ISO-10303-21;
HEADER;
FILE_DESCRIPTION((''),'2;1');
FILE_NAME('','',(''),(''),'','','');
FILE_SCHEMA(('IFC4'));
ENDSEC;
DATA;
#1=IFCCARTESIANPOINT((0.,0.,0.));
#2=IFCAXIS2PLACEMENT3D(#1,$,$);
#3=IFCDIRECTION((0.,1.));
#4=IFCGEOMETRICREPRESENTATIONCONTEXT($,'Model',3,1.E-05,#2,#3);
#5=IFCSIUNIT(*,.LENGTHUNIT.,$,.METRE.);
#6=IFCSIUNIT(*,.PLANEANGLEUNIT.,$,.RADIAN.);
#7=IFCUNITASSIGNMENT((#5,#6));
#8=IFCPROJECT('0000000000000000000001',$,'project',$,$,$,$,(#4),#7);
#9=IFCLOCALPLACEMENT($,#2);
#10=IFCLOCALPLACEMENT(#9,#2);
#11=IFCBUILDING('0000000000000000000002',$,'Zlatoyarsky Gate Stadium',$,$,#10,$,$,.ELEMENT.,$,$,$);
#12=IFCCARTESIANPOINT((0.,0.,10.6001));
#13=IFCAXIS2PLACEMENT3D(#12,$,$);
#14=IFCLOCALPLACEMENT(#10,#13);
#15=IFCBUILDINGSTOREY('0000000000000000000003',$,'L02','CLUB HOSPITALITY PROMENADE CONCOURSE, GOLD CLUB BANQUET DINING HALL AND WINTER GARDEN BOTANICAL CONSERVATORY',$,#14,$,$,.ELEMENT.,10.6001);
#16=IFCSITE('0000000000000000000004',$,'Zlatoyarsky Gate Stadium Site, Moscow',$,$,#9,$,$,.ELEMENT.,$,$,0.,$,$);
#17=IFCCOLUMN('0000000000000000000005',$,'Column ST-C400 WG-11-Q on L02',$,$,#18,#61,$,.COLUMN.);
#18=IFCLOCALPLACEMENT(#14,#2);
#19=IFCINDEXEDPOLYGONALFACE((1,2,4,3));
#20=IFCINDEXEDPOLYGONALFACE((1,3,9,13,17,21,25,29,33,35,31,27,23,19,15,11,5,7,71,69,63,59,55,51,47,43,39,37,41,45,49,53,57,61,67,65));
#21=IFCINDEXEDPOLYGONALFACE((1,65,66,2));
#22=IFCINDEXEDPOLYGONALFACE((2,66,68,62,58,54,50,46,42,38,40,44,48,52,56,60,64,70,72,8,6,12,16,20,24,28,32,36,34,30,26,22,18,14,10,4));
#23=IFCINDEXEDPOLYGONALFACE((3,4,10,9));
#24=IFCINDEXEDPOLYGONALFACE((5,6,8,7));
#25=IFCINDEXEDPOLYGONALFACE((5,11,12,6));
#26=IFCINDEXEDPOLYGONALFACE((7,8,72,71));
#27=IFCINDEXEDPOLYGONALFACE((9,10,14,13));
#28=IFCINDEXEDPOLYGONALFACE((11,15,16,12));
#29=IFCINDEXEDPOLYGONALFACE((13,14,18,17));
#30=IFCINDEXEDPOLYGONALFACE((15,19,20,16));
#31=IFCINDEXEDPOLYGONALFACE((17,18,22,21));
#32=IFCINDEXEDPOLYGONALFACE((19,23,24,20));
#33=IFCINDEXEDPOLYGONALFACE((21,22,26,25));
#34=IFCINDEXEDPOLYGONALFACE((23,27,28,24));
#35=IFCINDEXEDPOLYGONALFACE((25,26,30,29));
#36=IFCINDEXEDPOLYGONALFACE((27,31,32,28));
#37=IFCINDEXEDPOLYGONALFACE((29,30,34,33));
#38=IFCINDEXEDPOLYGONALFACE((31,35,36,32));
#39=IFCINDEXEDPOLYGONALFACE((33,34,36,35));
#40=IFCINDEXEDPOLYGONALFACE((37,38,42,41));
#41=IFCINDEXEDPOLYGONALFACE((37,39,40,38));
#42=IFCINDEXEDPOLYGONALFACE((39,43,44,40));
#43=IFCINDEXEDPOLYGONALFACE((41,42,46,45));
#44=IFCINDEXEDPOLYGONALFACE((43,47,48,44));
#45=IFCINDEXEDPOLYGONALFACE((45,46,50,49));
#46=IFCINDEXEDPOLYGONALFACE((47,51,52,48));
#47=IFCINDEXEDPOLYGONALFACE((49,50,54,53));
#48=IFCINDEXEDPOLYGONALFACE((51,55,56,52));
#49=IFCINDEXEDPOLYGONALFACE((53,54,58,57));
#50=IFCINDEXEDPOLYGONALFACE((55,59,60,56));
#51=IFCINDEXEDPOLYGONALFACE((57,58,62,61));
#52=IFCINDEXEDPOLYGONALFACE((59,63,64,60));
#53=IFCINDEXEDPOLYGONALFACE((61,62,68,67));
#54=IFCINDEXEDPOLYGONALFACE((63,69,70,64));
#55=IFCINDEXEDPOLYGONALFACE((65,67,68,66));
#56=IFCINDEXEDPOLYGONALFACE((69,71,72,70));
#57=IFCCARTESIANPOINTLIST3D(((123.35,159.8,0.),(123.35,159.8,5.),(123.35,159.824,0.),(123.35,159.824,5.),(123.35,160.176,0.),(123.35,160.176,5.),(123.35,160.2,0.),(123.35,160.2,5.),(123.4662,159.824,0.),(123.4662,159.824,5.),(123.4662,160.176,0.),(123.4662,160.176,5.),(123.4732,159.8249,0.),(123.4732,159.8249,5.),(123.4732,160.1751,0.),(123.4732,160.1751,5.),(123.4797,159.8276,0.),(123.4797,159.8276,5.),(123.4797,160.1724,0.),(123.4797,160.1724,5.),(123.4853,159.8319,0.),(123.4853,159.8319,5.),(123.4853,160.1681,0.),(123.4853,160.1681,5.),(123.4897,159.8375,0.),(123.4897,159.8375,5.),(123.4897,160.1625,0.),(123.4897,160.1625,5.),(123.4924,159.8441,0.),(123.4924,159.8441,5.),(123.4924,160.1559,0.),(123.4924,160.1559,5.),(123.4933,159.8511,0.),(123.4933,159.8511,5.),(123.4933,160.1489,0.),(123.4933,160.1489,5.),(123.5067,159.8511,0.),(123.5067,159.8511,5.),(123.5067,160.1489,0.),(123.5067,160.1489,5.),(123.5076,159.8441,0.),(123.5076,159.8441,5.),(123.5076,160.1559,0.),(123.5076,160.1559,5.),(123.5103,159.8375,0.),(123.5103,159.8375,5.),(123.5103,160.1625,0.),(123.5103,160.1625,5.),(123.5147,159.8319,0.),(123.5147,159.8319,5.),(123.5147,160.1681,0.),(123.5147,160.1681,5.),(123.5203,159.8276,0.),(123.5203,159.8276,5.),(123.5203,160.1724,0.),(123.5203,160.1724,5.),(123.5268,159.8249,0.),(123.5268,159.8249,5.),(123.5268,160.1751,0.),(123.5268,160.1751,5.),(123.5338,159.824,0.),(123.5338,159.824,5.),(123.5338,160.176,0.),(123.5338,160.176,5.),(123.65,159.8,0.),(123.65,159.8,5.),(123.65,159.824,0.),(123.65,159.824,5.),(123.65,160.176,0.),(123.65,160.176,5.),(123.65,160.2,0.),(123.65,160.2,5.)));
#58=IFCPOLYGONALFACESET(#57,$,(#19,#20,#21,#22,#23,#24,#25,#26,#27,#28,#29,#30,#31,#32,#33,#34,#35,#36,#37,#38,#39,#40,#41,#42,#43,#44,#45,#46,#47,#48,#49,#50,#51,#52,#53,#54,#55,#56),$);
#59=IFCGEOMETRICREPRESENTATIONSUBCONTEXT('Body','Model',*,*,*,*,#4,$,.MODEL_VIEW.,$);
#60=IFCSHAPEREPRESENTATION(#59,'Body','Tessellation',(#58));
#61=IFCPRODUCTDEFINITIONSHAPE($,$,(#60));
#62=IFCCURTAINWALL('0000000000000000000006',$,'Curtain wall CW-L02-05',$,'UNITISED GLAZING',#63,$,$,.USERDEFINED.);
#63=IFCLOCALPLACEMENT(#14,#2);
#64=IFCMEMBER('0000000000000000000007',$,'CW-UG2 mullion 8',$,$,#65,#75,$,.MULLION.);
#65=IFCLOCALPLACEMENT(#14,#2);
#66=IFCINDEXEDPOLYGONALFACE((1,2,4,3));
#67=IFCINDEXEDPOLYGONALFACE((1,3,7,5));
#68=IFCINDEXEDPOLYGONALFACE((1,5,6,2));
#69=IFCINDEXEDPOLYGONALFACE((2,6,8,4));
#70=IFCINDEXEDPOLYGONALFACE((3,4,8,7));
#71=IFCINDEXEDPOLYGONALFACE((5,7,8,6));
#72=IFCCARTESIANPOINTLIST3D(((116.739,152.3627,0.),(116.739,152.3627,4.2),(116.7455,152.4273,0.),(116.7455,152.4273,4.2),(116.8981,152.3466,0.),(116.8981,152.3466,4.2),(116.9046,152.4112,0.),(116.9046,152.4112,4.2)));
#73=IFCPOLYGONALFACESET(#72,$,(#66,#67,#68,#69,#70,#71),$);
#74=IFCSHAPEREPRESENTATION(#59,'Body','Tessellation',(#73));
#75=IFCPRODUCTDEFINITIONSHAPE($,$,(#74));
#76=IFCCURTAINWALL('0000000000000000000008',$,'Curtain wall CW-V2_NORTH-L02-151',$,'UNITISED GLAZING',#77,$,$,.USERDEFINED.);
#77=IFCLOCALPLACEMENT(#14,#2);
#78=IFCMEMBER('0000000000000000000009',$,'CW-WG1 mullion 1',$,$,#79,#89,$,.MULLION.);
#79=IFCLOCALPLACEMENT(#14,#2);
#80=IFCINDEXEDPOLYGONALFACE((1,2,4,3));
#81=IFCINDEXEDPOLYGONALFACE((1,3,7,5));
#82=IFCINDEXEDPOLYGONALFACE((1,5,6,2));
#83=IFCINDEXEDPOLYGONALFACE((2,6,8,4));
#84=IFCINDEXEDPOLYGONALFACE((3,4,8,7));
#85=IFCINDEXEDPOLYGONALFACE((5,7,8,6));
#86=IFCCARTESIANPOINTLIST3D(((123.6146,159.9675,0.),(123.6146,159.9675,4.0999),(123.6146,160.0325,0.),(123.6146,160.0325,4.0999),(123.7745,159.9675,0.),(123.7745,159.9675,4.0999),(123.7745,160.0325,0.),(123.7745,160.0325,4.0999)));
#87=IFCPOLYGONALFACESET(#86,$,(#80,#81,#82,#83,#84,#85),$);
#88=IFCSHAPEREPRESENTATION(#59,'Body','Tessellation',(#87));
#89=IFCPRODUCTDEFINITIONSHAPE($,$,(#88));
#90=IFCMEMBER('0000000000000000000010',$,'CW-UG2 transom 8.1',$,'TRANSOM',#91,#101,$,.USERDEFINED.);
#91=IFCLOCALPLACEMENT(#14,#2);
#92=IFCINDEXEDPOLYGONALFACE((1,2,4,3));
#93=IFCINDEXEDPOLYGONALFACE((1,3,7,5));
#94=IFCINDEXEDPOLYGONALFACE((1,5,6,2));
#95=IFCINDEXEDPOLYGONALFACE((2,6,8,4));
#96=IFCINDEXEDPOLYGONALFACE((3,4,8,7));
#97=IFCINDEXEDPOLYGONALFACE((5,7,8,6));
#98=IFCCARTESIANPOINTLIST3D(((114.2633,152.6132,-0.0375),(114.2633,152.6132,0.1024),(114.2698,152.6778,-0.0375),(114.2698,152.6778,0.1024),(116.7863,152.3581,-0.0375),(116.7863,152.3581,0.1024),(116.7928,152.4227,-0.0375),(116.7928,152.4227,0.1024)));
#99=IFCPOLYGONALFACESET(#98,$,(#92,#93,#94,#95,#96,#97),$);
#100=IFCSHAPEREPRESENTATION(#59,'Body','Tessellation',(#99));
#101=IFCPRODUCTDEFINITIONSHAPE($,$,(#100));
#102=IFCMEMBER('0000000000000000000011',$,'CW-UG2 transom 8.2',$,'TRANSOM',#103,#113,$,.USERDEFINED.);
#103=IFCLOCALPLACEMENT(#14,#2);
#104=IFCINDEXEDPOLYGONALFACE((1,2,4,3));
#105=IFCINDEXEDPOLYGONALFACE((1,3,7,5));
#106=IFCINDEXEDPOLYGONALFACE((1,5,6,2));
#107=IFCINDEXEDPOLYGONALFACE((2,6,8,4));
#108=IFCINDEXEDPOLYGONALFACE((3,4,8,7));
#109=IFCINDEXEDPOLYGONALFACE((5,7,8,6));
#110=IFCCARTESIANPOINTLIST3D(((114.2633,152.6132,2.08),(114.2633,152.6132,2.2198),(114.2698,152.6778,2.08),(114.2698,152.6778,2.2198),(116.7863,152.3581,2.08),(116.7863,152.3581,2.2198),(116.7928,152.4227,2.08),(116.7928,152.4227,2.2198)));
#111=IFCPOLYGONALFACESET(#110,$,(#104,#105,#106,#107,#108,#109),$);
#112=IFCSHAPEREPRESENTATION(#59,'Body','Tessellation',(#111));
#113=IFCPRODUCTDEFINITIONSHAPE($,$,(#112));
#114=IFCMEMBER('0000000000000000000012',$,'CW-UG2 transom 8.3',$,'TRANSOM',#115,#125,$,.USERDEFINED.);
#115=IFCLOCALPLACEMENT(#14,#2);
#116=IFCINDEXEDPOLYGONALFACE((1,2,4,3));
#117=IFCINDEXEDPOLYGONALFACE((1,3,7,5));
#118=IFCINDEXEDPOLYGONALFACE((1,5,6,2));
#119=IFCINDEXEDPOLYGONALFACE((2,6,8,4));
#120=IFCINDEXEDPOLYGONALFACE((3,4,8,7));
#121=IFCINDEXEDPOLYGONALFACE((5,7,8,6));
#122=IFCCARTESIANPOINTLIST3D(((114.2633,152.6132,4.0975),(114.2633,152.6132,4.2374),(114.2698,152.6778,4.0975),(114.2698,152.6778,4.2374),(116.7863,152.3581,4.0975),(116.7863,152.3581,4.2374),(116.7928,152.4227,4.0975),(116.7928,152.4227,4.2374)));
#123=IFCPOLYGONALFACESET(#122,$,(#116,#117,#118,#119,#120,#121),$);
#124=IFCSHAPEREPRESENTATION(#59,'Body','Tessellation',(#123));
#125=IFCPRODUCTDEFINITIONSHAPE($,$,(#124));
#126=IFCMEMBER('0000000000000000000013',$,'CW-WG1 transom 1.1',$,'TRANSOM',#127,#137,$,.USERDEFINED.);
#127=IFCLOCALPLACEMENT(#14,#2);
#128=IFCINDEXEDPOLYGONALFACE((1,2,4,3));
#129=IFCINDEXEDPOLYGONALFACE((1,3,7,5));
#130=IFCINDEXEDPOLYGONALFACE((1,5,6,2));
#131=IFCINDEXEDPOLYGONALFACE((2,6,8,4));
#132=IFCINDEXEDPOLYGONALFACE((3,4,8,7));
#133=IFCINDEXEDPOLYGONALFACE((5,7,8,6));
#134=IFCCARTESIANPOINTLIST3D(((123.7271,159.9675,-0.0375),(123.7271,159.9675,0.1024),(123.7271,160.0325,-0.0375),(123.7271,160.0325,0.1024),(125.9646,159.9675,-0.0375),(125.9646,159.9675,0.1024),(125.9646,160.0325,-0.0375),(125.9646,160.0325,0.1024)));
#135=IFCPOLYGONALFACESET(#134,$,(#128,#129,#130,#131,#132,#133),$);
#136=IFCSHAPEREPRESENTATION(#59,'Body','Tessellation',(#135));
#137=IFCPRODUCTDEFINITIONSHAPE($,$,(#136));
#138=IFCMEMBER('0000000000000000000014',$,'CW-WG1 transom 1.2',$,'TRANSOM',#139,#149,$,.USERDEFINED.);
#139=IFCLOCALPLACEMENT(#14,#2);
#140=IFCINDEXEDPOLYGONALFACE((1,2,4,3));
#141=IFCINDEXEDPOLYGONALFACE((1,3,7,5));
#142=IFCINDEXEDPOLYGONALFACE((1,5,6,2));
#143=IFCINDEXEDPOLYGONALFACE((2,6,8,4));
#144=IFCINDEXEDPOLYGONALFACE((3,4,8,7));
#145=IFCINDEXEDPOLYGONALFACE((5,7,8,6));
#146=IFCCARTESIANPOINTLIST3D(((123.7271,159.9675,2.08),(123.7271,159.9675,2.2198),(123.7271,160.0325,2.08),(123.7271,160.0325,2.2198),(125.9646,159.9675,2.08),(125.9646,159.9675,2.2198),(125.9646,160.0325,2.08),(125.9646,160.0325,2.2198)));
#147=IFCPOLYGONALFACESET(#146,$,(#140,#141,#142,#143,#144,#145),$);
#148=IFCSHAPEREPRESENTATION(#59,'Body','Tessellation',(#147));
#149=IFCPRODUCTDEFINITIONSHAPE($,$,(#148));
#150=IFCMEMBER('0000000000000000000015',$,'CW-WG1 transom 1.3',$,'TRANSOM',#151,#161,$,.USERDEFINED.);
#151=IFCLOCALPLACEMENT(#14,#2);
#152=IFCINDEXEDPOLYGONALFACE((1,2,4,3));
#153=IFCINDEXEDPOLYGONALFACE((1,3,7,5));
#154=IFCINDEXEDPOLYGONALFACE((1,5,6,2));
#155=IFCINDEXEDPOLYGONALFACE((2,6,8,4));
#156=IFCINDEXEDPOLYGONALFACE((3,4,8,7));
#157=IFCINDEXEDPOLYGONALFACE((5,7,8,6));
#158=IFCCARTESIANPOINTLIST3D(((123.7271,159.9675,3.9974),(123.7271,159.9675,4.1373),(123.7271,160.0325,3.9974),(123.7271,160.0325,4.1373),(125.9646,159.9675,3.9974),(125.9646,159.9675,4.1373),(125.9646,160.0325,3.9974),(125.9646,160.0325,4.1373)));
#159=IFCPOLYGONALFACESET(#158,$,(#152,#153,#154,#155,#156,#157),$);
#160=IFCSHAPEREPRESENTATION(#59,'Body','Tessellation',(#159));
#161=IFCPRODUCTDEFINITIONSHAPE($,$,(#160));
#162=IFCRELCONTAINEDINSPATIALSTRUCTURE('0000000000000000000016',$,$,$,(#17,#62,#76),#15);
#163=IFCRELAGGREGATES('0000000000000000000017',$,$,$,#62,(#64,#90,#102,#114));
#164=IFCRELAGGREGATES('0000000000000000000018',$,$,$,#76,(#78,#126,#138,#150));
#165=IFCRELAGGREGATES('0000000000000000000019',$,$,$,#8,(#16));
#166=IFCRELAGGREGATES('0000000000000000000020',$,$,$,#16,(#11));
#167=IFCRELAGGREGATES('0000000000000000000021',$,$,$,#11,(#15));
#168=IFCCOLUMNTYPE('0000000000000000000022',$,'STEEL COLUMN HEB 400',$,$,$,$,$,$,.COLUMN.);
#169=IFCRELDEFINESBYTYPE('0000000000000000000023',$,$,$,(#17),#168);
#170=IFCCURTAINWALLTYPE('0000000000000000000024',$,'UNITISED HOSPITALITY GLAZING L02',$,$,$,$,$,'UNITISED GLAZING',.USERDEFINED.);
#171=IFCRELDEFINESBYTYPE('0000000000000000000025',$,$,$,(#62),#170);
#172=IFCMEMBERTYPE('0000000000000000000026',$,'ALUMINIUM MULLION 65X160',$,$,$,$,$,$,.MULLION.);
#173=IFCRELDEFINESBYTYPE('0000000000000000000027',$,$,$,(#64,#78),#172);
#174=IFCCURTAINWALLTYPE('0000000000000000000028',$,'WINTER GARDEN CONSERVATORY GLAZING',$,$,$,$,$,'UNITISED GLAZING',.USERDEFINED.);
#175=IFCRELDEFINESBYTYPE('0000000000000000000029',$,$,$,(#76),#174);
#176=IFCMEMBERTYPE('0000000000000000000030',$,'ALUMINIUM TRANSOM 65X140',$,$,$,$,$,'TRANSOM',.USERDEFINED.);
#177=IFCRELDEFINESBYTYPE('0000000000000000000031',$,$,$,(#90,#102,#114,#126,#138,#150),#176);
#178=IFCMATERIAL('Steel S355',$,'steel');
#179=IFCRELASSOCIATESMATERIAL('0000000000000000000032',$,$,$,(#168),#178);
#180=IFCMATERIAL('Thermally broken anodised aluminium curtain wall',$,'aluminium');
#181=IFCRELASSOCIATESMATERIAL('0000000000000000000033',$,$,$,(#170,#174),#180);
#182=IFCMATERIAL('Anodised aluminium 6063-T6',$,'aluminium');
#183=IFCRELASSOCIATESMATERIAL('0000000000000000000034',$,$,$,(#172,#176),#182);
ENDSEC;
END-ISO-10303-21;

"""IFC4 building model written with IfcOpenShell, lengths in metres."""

from ifc_helpers import new_model, si_unit, direction, frame, origin, origin_2d, place, context, subcontext, project, spatial, rectangle, i_section, extrude, material, material_profile, profile_set, type_object, element, aggregate, save


model = new_model("IFC4")

# Units and contexts
model_context = context("Model", 3, precision=1e-05, world=origin(), true_north=direction((0.0, 1.0)))
body_context = subcontext(model_context, "Body", "Model", "MODEL_VIEW")
ifc_project = project(units=[si_unit("LENGTHUNIT", "METRE"), si_unit("PLANEANGLEUNIT", "RADIAN")], contexts=[model_context])

# Site, building, storey
site_placement = place(None, origin())
site = spatial("IfcSite", under=ifc_project, at=site_placement, Name="Zlatoyarsky Gate Stadium Site, Moscow", CompositionType="ELEMENT", RefElevation=0.0)
building_placement = place(site_placement, origin())
building = spatial("IfcBuilding", under=site, at=building_placement, Name="Zlatoyarsky Gate Stadium", CompositionType="ELEMENT")
storey_placement = place(building_placement, frame((0.0, 0.0, 10.6001)))
storey = spatial("IfcBuildingStorey", under=building, at=storey_placement, Name="L02", Description="CLUB HOSPITALITY PROMENADE CONCOURSE, GOLD CLUB BANQUET DINING HALL AND WINTER GARDEN BOTANICAL CONSERVATORY", CompositionType="ELEMENT", Elevation=10.6001)

# Column
ifc_material_1 = material(Name="Steel S355", Category="steel")
ifc_material_profile_1 = material_profile(ifc_material_1, i_section(OverallWidth=0.3, OverallDepth=0.3999, WebThickness=0.0134, FlangeThickness=0.0239, FilletRadius=0.0271, at=origin_2d()), Name="HEB 400")
ifc_profile_set_1 = profile_set([ifc_material_profile_1], Name="Steel S355")
column_type = type_object("IfcColumnType", Name="STEEL COLUMN HEB 400", PredefinedType="COLUMN", material=ifc_profile_set_1)
column_placement = place(storey_placement, frame((123.5, 160.0, 0.0), z_axis=(0.0, 0.0, 1.0), x_axis=(1.0, 0.0, 0.0)))
element("IfcColumn", 1, at=column_placement, inside=storey, type_object=column_type, Name="Column ST-C400 WG-11-Q on L02", PredefinedType="COLUMN", context=body_context, shape_type="SweptSolid", body=[
    extrude(i_section(OverallWidth=0.3, OverallDepth=0.3999, WebThickness=0.0134, FlangeThickness=0.0239, FilletRadius=0.0271, at=origin_2d()), origin(), (0.0, 0.0, 1.0), 5.0),
])

# Curtain walls, members
ifc_material_2 = material(Name="Thermally broken anodised aluminium curtain wall", Category="aluminium")
curtain_wall_type_1 = type_object("IfcCurtainWallType", Name="UNITISED HOSPITALITY GLAZING L02", ElementType="UNITISED GLAZING", PredefinedType="USERDEFINED", material=ifc_material_2)
curtain_wall_1_placement = place(storey_placement, origin())
curtain_wall_1 = element("IfcCurtainWall", 2, at=curtain_wall_1_placement, inside=storey, type_object=curtain_wall_type_1, Name="Curtain wall CW-L02-05", ObjectType="UNITISED GLAZING", PredefinedType="USERDEFINED")
ifc_material_3 = material(Name="Anodised aluminium 6063-T6", Category="aluminium")
ifc_material_profile_2 = material_profile(ifc_material_3, rectangle(XDim=0.0649, YDim=0.1599, at=origin_2d()), Name="ALU 65X160")
ifc_profile_set_2 = profile_set([ifc_material_profile_2], Name="Anodised aluminium 6063-T6")
member_type_1 = type_object("IfcMemberType", Name="ALUMINIUM MULLION 65X160", PredefinedType="MULLION", material=ifc_profile_set_2)
member_1_placement = place(storey_placement, frame((116.8218, 152.387, 0.0), z_axis=(0.0, 0.0, 1.0), x_axis=(-0.100645, -0.994922, 0.0)))
member_1 = element("IfcMember", 3, at=member_1_placement, type_object=member_type_1, Name="CW-UG2 mullion 8", PredefinedType="MULLION", context=body_context, shape_type="SweptSolid", body=[
    extrude(rectangle(XDim=0.0649, YDim=0.1599, at=origin_2d()), origin(), (0.0, 0.0, 1.0), 4.2),
])
curtain_wall_type_2 = type_object("IfcCurtainWallType", Name="WINTER GARDEN CONSERVATORY GLAZING", ElementType="UNITISED GLAZING", PredefinedType="USERDEFINED", material=ifc_material_2)
curtain_wall_2_placement = place(storey_placement, origin())
curtain_wall_2 = element("IfcCurtainWall", 4, at=curtain_wall_2_placement, inside=storey, type_object=curtain_wall_type_2, Name="Curtain wall CW-V2_NORTH-L02-151", ObjectType="UNITISED GLAZING", PredefinedType="USERDEFINED")
member_2_placement = place(storey_placement, frame((123.6946, 160.0, 0.0), z_axis=(0.0, 0.0, 1.0), x_axis=(0.0, 1.0, 0.0)))
member_2 = element("IfcMember", 5, at=member_2_placement, type_object=member_type_1, Name="CW-WG1 mullion 1", PredefinedType="MULLION", context=body_context, shape_type="SweptSolid", body=[
    extrude(rectangle(XDim=0.0649, YDim=0.1599, at=origin_2d()), origin(), (0.0, 0.0, 1.0), 4.0999),
])

# Members
ifc_material_profile_3 = material_profile(ifc_material_3, rectangle(XDim=0.0649, YDim=0.1399, at=origin_2d()), Name="ALU 65X140")
ifc_profile_set_3 = profile_set([ifc_material_profile_3], Name="Anodised aluminium 6063-T6")
member_type_2 = type_object("IfcMemberType", Name="ALUMINIUM TRANSOM 65X140", ElementType="TRANSOM", PredefinedType="USERDEFINED", material=ifc_profile_set_3)
member_3_placement = place(storey_placement, frame((116.7896, 152.3904, 0.0325), z_axis=(-0.994926, 0.100609, 0.0), x_axis=(-0.100609, -0.994926, 0.0)))
member_3 = element("IfcMember", 6, at=member_3_placement, type_object=member_type_2, Name="CW-UG2 transom 8.1", ObjectType="TRANSOM", PredefinedType="USERDEFINED", context=body_context, shape_type="SweptSolid", body=[
    extrude(rectangle(XDim=0.0649, YDim=0.1399, at=origin_2d()), origin(), (0.0, 0.0, 1.0), 2.5359),
])
member_4_placement = place(storey_placement, frame((116.7896, 152.3904, 2.1499), z_axis=(-0.994926, 0.100609, 0.0), x_axis=(-0.100609, -0.994926, 0.0)))
member_4 = element("IfcMember", 7, at=member_4_placement, type_object=member_type_2, Name="CW-UG2 transom 8.2", ObjectType="TRANSOM", PredefinedType="USERDEFINED", context=body_context, shape_type="SweptSolid", body=[
    extrude(rectangle(XDim=0.0649, YDim=0.1399, at=origin_2d()), origin(), (0.0, 0.0, 1.0), 2.5359),
])
member_5_placement = place(storey_placement, frame((116.7896, 152.3904, 4.1675), z_axis=(-0.994926, 0.100609, 0.0), x_axis=(-0.100609, -0.994926, 0.0)))
member_5 = element("IfcMember", 8, at=member_5_placement, type_object=member_type_2, Name="CW-UG2 transom 8.3", ObjectType="TRANSOM", PredefinedType="USERDEFINED", context=body_context, shape_type="SweptSolid", body=[
    extrude(rectangle(XDim=0.0649, YDim=0.1399, at=origin_2d()), origin(), (0.0, 0.0, 1.0), 2.5359),
])
member_6_placement = place(storey_placement, frame((123.7271, 160.0, 0.0325), z_axis=(1.0, 0.0, 0.0), x_axis=(0.0, 1.0, 0.0)))
member_6 = element("IfcMember", 9, at=member_6_placement, type_object=member_type_2, Name="CW-WG1 transom 1.1", ObjectType="TRANSOM", PredefinedType="USERDEFINED", context=body_context, shape_type="SweptSolid", body=[
    extrude(rectangle(XDim=0.0649, YDim=0.1399, at=origin_2d()), origin(), (0.0, 0.0, 1.0), 2.2375),
])
member_7_placement = place(storey_placement, frame((123.7271, 160.0, 2.1499), z_axis=(1.0, 0.0, 0.0), x_axis=(0.0, 1.0, 0.0)))
member_7 = element("IfcMember", 10, at=member_7_placement, type_object=member_type_2, Name="CW-WG1 transom 1.2", ObjectType="TRANSOM", PredefinedType="USERDEFINED", context=body_context, shape_type="SweptSolid", body=[
    extrude(rectangle(XDim=0.0649, YDim=0.1399, at=origin_2d()), origin(), (0.0, 0.0, 1.0), 2.2375),
])
member_8_placement = place(storey_placement, frame((123.7271, 160.0, 4.0674), z_axis=(1.0, 0.0, 0.0), x_axis=(0.0, 1.0, 0.0)))
member_8 = element("IfcMember", 11, at=member_8_placement, type_object=member_type_2, Name="CW-WG1 transom 1.3", ObjectType="TRANSOM", PredefinedType="USERDEFINED", context=body_context, shape_type="SweptSolid", body=[
    extrude(rectangle(XDim=0.0649, YDim=0.1399, at=origin_2d()), origin(), (0.0, 0.0, 1.0), 2.2375),
])

aggregate(curtain_wall_1, [member_1, member_3, member_4, member_5])
aggregate(curtain_wall_2, [member_2, member_6, member_7, member_8])

save(model, "model.ifc")
